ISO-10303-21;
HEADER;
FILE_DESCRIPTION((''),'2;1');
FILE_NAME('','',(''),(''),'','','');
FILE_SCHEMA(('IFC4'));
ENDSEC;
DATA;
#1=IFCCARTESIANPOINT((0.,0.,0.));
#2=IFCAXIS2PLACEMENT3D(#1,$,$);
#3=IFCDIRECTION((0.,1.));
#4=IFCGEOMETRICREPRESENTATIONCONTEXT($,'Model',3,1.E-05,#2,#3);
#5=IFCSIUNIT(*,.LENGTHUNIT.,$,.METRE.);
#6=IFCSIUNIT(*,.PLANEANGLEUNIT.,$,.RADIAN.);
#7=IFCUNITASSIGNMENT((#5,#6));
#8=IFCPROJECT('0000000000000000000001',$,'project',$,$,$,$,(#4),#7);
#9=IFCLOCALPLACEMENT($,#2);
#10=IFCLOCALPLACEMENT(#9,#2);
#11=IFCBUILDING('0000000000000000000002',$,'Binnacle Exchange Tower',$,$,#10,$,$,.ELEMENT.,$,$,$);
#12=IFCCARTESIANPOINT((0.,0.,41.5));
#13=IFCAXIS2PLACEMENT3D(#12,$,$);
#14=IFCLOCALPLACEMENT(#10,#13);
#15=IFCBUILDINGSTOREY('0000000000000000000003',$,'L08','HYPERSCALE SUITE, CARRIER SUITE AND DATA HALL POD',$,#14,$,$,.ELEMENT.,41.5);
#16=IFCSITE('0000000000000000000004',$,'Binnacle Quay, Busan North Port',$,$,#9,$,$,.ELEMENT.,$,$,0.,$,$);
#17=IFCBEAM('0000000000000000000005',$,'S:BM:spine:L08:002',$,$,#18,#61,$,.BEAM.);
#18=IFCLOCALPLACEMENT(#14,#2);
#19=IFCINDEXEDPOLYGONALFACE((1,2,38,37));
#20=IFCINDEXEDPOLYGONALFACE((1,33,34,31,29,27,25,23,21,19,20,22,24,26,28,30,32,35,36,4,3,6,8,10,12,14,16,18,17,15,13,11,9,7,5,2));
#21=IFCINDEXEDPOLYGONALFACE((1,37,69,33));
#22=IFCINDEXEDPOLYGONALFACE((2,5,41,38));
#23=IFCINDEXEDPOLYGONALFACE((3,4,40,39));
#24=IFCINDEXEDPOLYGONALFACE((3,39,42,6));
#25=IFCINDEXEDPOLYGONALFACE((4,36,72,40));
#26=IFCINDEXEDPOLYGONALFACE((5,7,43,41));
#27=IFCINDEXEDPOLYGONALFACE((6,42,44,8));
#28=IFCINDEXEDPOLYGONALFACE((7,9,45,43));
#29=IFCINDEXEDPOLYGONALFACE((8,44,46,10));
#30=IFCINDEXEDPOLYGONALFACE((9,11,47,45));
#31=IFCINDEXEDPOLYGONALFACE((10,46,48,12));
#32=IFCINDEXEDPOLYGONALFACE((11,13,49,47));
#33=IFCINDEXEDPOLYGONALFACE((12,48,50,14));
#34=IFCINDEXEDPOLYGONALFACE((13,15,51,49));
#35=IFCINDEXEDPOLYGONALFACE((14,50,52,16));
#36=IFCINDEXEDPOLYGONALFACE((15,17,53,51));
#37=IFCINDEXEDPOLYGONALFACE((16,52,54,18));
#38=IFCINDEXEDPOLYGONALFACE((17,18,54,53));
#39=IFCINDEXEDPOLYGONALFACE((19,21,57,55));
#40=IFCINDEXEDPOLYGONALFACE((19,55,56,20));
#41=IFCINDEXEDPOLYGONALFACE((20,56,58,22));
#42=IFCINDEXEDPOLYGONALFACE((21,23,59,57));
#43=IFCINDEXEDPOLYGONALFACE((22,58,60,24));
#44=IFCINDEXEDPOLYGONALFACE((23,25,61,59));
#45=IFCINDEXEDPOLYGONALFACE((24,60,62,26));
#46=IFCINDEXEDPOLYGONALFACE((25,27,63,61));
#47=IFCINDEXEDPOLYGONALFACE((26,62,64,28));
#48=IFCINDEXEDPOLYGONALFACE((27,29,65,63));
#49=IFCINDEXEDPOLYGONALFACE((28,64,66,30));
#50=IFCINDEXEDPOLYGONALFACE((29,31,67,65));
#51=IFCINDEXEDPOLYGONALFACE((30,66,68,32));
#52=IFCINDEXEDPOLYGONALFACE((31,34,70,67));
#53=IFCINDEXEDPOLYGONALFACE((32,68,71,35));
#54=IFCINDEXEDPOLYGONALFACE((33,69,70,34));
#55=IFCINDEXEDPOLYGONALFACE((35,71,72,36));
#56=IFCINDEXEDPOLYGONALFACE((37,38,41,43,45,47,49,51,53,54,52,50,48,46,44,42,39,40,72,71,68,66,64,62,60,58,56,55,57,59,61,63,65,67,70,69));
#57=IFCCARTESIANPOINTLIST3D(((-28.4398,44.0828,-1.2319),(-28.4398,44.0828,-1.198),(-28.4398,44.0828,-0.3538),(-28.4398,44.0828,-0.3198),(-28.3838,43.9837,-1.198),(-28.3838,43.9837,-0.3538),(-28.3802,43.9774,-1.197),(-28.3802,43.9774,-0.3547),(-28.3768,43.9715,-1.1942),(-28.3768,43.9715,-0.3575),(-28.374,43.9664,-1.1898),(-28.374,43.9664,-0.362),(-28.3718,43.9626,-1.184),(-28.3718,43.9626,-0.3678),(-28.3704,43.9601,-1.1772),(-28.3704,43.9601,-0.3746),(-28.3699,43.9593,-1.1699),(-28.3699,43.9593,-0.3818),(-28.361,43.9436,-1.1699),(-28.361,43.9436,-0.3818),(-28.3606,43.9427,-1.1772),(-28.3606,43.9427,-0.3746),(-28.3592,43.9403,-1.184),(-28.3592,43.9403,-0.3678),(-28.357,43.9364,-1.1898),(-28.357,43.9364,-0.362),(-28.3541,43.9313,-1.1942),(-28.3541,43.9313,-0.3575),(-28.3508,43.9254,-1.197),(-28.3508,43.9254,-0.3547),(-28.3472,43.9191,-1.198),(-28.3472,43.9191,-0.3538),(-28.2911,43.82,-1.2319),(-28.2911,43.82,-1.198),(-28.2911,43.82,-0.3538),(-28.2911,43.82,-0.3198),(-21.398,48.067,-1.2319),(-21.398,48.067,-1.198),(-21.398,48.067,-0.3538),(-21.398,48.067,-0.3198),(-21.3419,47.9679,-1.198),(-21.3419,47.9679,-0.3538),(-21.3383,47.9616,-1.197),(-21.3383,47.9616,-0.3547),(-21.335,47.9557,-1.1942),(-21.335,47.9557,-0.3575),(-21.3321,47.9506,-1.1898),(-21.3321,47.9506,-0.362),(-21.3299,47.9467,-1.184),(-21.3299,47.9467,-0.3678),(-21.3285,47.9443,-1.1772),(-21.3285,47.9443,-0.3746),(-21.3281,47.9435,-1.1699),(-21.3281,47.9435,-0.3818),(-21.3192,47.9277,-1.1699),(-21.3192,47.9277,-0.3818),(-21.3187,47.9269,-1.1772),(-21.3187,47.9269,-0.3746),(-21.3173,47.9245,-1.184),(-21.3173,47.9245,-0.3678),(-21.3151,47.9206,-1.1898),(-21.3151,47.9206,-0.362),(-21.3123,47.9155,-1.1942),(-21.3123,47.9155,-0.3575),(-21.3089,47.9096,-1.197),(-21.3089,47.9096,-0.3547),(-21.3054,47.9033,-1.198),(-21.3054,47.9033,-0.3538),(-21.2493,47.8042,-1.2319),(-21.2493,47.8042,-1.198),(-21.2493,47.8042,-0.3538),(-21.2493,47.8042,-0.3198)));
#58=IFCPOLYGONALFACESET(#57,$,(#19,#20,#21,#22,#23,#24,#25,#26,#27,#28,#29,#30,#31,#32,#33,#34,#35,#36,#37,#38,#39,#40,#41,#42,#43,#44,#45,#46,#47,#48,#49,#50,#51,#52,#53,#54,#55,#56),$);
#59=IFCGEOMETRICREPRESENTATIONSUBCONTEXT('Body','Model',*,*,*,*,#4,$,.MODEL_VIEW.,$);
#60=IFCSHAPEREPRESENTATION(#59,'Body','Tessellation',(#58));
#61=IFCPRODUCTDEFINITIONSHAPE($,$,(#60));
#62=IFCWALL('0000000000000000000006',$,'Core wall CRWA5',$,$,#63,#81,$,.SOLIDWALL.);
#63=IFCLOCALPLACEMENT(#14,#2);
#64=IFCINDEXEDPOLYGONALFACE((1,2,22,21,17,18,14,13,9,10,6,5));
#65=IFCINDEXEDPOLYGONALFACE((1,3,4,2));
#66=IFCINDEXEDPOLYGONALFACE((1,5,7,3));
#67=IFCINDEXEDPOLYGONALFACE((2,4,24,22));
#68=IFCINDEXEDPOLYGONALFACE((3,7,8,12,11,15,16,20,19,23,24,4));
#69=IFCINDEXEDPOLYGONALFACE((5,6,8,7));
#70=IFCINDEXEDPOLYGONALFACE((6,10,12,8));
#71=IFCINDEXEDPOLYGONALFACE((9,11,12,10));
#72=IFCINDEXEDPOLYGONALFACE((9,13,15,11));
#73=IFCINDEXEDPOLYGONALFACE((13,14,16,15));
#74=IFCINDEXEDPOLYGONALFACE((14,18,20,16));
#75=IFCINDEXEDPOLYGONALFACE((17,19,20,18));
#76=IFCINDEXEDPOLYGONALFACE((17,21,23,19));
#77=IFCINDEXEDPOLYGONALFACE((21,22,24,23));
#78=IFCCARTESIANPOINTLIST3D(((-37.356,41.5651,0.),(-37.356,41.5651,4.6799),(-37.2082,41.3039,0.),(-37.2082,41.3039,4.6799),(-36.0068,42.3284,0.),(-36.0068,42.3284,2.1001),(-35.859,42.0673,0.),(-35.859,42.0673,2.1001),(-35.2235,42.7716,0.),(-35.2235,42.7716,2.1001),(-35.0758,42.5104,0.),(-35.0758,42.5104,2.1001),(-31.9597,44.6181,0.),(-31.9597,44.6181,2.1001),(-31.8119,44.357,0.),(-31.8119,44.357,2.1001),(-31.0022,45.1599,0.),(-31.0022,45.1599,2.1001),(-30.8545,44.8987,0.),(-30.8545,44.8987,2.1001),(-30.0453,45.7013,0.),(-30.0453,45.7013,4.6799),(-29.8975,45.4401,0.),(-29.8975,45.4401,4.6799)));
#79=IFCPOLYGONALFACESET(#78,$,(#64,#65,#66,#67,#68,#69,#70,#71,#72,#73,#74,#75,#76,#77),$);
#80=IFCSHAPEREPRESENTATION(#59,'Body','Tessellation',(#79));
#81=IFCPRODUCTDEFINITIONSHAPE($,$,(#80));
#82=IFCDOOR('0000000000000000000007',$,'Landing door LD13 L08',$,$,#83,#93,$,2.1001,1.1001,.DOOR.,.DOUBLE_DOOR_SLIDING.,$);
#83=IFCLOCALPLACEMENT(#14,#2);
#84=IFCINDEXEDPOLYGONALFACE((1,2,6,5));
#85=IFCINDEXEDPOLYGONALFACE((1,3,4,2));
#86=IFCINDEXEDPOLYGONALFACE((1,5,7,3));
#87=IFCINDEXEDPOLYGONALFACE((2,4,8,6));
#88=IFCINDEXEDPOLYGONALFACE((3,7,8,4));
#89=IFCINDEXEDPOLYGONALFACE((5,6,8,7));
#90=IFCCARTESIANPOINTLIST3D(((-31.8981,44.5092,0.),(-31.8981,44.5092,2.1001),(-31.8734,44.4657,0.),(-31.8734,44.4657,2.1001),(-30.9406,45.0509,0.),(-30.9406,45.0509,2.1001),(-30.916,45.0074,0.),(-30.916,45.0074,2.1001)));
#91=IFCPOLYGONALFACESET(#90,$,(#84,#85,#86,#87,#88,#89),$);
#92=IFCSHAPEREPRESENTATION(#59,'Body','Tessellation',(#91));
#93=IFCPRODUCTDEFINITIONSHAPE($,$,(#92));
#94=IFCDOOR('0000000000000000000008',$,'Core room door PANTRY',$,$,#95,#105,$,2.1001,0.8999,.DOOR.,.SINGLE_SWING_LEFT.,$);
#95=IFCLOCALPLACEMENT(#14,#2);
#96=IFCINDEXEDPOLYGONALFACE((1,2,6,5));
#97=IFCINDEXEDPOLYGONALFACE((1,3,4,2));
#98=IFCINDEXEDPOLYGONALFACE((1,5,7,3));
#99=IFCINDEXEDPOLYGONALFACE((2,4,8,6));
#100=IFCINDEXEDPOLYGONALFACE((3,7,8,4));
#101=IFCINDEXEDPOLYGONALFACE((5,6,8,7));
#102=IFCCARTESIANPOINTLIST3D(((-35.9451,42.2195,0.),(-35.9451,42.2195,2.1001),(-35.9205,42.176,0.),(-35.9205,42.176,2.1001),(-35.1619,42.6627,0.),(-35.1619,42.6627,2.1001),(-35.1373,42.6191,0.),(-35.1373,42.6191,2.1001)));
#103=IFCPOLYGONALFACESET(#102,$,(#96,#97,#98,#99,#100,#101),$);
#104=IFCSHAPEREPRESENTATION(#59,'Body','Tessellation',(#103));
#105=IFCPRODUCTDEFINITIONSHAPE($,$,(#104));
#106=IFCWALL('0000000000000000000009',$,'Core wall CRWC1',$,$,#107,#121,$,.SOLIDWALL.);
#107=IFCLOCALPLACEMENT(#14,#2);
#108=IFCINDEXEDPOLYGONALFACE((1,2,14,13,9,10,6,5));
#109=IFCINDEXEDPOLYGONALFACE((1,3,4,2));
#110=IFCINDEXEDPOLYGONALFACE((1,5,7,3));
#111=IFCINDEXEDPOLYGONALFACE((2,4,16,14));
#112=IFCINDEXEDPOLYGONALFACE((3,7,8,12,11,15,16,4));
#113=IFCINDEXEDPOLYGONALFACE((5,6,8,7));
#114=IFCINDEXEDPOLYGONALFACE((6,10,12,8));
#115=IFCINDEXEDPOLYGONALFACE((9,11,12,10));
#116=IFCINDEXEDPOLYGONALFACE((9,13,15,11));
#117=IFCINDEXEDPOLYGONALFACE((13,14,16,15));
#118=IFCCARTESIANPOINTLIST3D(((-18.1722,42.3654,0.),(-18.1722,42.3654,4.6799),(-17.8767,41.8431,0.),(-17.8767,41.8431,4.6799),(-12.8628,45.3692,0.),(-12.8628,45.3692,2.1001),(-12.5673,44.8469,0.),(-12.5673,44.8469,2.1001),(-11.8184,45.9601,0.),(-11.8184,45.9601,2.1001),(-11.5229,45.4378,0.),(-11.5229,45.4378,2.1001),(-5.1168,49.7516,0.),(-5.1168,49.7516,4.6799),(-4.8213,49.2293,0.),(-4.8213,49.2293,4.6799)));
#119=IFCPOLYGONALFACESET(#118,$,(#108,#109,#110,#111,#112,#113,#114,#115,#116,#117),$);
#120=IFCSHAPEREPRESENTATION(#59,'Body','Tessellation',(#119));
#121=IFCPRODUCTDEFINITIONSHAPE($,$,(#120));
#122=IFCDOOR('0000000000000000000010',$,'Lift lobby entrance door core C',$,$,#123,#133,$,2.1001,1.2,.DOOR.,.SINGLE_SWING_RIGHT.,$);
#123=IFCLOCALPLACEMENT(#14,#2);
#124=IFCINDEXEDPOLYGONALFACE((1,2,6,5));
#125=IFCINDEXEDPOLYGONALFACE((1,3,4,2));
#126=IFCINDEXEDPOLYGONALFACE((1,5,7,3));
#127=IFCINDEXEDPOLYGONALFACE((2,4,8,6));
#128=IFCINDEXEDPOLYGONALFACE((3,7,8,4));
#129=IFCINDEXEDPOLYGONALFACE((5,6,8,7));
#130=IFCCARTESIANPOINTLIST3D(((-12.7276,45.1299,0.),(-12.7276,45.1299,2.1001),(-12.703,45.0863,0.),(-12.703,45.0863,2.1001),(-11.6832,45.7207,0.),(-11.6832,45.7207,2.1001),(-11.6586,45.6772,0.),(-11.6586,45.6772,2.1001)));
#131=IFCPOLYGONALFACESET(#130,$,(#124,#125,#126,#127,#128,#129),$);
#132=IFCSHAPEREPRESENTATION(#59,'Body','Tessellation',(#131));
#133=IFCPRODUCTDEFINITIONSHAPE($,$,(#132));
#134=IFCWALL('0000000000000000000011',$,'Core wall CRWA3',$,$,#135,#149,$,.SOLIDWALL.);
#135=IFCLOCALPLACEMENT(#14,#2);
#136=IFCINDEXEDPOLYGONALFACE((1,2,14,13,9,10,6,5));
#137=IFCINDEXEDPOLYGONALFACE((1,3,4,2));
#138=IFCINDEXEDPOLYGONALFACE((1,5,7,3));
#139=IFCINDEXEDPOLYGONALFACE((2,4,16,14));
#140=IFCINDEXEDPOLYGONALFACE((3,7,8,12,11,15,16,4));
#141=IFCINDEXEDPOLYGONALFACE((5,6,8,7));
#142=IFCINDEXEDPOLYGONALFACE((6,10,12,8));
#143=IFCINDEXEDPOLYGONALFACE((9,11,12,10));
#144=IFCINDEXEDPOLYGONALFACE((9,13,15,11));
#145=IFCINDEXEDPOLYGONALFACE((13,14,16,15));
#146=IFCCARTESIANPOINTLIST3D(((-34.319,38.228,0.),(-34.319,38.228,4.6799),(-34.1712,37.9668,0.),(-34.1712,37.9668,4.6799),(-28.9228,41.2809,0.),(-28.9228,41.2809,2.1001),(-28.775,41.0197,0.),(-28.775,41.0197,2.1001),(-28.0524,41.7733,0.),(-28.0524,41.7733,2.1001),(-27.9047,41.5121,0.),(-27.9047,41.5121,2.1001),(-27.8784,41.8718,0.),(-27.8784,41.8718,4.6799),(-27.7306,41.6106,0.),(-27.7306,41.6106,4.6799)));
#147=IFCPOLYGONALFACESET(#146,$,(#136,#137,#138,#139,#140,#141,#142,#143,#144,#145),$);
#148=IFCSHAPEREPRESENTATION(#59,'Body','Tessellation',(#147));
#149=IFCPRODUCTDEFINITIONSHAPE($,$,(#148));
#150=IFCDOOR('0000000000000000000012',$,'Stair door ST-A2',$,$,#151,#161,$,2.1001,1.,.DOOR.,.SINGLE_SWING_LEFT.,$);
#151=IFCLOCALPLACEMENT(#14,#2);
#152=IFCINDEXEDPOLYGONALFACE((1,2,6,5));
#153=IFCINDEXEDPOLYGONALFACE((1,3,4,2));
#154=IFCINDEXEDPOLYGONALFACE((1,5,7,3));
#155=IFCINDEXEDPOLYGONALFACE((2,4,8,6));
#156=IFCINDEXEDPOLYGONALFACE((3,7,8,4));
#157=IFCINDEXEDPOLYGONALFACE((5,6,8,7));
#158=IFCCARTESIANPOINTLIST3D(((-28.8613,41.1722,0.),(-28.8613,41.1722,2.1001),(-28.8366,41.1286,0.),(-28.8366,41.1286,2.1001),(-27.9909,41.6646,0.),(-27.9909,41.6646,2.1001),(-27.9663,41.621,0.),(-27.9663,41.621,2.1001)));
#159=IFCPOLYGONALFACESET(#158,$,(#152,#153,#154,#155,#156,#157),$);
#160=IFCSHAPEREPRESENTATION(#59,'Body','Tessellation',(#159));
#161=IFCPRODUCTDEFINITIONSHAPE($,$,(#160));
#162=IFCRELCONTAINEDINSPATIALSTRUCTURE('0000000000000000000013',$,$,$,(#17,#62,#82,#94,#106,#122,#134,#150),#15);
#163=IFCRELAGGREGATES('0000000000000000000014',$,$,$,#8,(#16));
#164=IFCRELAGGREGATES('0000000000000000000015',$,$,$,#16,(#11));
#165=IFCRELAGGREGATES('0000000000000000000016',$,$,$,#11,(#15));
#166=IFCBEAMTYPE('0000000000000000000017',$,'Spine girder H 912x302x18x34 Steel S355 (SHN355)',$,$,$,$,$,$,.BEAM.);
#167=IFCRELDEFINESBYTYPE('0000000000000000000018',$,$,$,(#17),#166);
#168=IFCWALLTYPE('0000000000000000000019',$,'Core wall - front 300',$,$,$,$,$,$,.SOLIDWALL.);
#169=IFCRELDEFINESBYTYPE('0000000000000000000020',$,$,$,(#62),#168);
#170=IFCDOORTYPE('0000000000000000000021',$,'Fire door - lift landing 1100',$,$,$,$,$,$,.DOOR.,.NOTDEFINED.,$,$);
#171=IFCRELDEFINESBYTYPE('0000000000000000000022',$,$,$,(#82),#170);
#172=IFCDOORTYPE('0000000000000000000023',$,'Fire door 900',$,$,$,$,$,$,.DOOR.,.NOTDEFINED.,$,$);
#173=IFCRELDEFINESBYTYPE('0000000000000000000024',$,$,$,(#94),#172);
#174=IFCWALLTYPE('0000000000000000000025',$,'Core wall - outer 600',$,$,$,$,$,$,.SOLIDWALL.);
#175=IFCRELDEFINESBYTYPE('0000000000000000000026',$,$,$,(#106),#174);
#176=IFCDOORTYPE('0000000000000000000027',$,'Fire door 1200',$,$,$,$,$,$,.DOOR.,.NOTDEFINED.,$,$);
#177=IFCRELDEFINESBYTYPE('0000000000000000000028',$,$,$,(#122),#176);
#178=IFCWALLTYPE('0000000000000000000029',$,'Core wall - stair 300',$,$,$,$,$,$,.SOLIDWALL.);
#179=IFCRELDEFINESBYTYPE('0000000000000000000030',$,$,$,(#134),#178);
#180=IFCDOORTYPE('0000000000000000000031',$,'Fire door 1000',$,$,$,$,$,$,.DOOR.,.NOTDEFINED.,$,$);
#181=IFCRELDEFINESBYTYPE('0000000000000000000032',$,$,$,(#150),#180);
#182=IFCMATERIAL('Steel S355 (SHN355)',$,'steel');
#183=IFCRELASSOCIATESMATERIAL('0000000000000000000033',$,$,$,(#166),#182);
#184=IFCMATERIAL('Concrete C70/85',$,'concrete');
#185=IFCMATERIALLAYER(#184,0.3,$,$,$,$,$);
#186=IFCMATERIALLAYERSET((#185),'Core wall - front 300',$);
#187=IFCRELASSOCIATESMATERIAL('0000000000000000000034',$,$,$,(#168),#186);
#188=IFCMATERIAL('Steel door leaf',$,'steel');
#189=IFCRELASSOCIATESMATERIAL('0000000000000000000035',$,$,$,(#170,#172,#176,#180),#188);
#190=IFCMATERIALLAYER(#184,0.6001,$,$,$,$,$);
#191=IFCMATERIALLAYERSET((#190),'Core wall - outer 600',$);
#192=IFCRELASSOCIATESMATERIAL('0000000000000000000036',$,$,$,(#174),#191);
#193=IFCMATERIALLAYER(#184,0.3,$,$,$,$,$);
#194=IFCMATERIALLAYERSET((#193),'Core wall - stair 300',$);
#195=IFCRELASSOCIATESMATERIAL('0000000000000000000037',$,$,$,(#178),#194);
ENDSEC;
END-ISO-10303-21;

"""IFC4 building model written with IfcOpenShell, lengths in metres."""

from ifc_helpers import new_model, si_unit, direction, frame, frame_2d, origin, origin_2d, place, context, subcontext, project, spatial, rectangle, i_section, extrude, material, layer, layer_set, material_profile, profile_set, type_object, element, fill, save


model = new_model("IFC4")

# Units and contexts
model_context = context("Model", 3, precision=1e-05, world=origin(), true_north=direction((0.0, 1.0)))
body_context = subcontext(model_context, "Body", "Model", "MODEL_VIEW")
ifc_project = project(units=[si_unit("LENGTHUNIT", "METRE"), si_unit("PLANEANGLEUNIT", "RADIAN")], contexts=[model_context])

# Site, building, storey
site_placement = place(None, origin())
site = spatial("IfcSite", under=ifc_project, at=site_placement, Name="Binnacle Quay, Busan North Port", CompositionType="ELEMENT", RefElevation=0.0)
building_placement = place(site_placement, origin())
building = spatial("IfcBuilding", under=site, at=building_placement, Name="Binnacle Exchange Tower", CompositionType="ELEMENT")
storey_placement = place(building_placement, frame((0.0, 0.0, 41.5)))
storey = spatial("IfcBuildingStorey", under=building, at=storey_placement, Name="L08", Description="HYPERSCALE SUITE, CARRIER SUITE AND DATA HALL POD", CompositionType="ELEMENT", Elevation=41.5)

# Shared definitions
ifc_material_1 = material(Name="Concrete C70/85", Category="concrete")

# Beam
ifc_material_2 = material(Name="Steel S355 (SHN355)", Category="steel")
ifc_material_profile_1 = material_profile(ifc_material_2, i_section(OverallWidth=0.302, OverallDepth=0.9121, WebThickness=0.0181, FlangeThickness=0.0339, FilletRadius=0.0281, at=origin_2d()), Name="H 912x302x18x34")
ifc_profile_set_1 = profile_set([ifc_material_profile_1], Name="Steel S355 (SHN355)")
beam_type_1 = type_object("IfcBeamType", Name="Spine girder H 912x302x18x34 Steel S355 (SHN355)", PredefinedType="BEAM", material=ifc_profile_set_1)
beam_1_placement = place(storey_placement, frame((-28.3655, 43.9514, -0.7759), z_axis=(0.87035, 0.492433, 0.0), x_axis=(-0.492433, 0.87035, 0.0)))
element("IfcBeam", 1, at=beam_1_placement, inside=storey, type_object=beam_type_1, Name="S:BM:spine:L08:002", PredefinedType="BEAM", context=body_context, shape_type="SweptSolid", body=[
    extrude(i_section(OverallWidth=0.302, OverallDepth=0.9121, WebThickness=0.0181, FlangeThickness=0.0339, FilletRadius=0.0281, at=origin_2d()), origin(), (0.0, 0.0, 1.0), 8.0908),
])

# Wall, openings, doors
ifc_layer_1 = layer(ifc_material_1, 0.3)
ifc_layer_set_1 = layer_set([ifc_layer_1], Name="Core wall - front 300")
wall_type_1 = type_object("IfcWallType", Name="Core wall - front 300", PredefinedType="SOLIDWALL", material=ifc_layer_set_1)
wall_1_placement = place(storey_placement, frame((-37.282, 41.4346, 0.0), z_axis=(0.0, 0.0, 1.0), x_axis=(0.870357, 0.492422, 0.0)))
wall_1 = element("IfcWall", 2, at=wall_1_placement, inside=storey, type_object=wall_type_1, Name="Core wall CRWA5", PredefinedType="SOLIDWALL", context=body_context, shape_type="SweptSolid", body=[
    extrude(rectangle(XDim=8.3997, YDim=0.3, at=frame_2d((4.1997, 0.0))), origin(), (0.0, 0.0, 1.0), 4.6799),
])
opening_1_placement = place(wall_1_placement, frame((6.2, 0.0, 0.0)))
opening_1 = element("IfcOpeningElement", 3, at=opening_1_placement, cuts=wall_1, PredefinedType="OPENING", context=body_context, shape_type="SweptSolid", body=[
    extrude(rectangle(XDim=1.1001, YDim=2.1001, at=frame_2d((0.55, 1.05))), frame((0.0, 0.1599, 0.0), z_axis=(0.0, -1.0, 0.0), x_axis=(1.0, 0.0, 0.0)), (0.0, 0.0, 1.0), 0.3201),
])
opening_2_placement = place(wall_1_placement, frame((1.55, 0.0, 0.0)))
opening_2 = element("IfcOpeningElement", 4, at=opening_2_placement, cuts=wall_1, PredefinedType="OPENING", context=body_context, shape_type="SweptSolid", body=[
    extrude(rectangle(XDim=0.8999, YDim=2.1001, at=frame_2d((0.45, 1.05))), frame((0.0, 0.1599, 0.0), z_axis=(0.0, -1.0, 0.0), x_axis=(1.0, 0.0, 0.0)), (0.0, 0.0, 1.0), 0.3201),
])
ifc_material_3 = material(Name="Steel door leaf", Category="steel")
door_type_1 = type_object("IfcDoorType", Name="Fire door - lift landing 1100", OperationType="NOTDEFINED", PredefinedType="DOOR", material=ifc_material_3)
door_1_placement = place(opening_1_placement, origin())
door_1 = element("IfcDoor", 5, at=door_1_placement, inside=storey, type_object=door_type_1, Name="Landing door LD13 L08", OperationType="DOUBLE_DOOR_SLIDING", OverallHeight=2.1001, OverallWidth=1.1001, PredefinedType="DOOR", context=body_context, shape_type="SweptSolid", body=[
    extrude(rectangle(XDim=1.1001, YDim=2.1001, at=frame_2d((0.55, 1.05))), frame((0.0, 0.0249, 0.0), z_axis=(0.0, -1.0, 0.0), x_axis=(1.0, 0.0, 0.0)), (0.0, 0.0, 1.0), 0.05),
])
fill(opening_1, door_1)
door_type_2 = type_object("IfcDoorType", Name="Fire door 900", OperationType="NOTDEFINED", PredefinedType="DOOR", material=ifc_material_3)
door_2_placement = place(opening_2_placement, origin())
door_2 = element("IfcDoor", 6, at=door_2_placement, inside=storey, type_object=door_type_2, Name="Core room door PANTRY", OperationType="SINGLE_SWING_LEFT", OverallHeight=2.1001, OverallWidth=0.8999, PredefinedType="DOOR", context=body_context, shape_type="SweptSolid", body=[
    extrude(rectangle(XDim=0.8999, YDim=2.1001, at=frame_2d((0.45, 1.05))), frame((0.0, 0.0249, 0.0), z_axis=(0.0, -1.0, 0.0), x_axis=(1.0, 0.0, 0.0)), (0.0, 0.0, 1.0), 0.05),
])
fill(opening_2, door_2)

# Walls, openings, doors
ifc_layer_2 = layer(ifc_material_1, 0.6001)
ifc_layer_set_2 = layer_set([ifc_layer_2], Name="Core wall - outer 600")
wall_type_2 = type_object("IfcWallType", Name="Core wall - outer 600", PredefinedType="SOLIDWALL", material=ifc_layer_set_2)
wall_2_placement = place(storey_placement, frame((-18.0244, 42.1042, 0.0), z_axis=(0.0, 0.0, 1.0), x_axis=(0.870361, 0.492415, 0.0)))
wall_2 = element("IfcWall", 7, at=wall_2_placement, inside=storey, type_object=wall_type_2, Name="Core wall CRWC1", PredefinedType="SOLIDWALL", context=body_context, shape_type="SweptSolid", body=[
    extrude(rectangle(XDim=15.0, YDim=0.6001, at=frame_2d((7.5, 0.0))), origin(), (0.0, 0.0, 1.0), 4.6799),
])
opening_3_placement = place(wall_2_placement, frame((6.1001, 0.0, 0.0)))
opening_3 = element("IfcOpeningElement", 8, at=opening_3_placement, cuts=wall_2, PredefinedType="OPENING", context=body_context, shape_type="SweptSolid", body=[
    extrude(rectangle(XDim=1.2, YDim=2.1001, at=frame_2d((0.6001, 1.05))), frame((0.0, 0.3101, 0.0), z_axis=(0.0, -1.0, 0.0), x_axis=(1.0, 0.0, 0.0)), (0.0, 0.0, 1.0), 0.6201),
])
door_type_3 = type_object("IfcDoorType", Name="Fire door 1200", OperationType="NOTDEFINED", PredefinedType="DOOR", material=ifc_material_3)
door_3_placement = place(opening_3_placement, frame((1.2, 0.0, 0.0), z_axis=(0.0, 0.0, 1.0), x_axis=(-1.0, 0.0, 0.0)))
door_3 = element("IfcDoor", 9, at=door_3_placement, inside=storey, type_object=door_type_3, Name="Lift lobby entrance door core C", OperationType="SINGLE_SWING_RIGHT", OverallHeight=2.1001, OverallWidth=1.2, PredefinedType="DOOR", context=body_context, shape_type="SweptSolid", body=[
    extrude(rectangle(XDim=1.2, YDim=2.1001, at=frame_2d((0.6001, 1.05))), frame((0.0, 0.0249, 0.0), z_axis=(0.0, -1.0, 0.0), x_axis=(1.0, 0.0, 0.0)), (0.0, 0.0, 1.0), 0.05),
])
fill(opening_3, door_3)
ifc_layer_3 = layer(ifc_material_1, 0.3)
ifc_layer_set_3 = layer_set([ifc_layer_3], Name="Core wall - stair 300")
wall_type_3 = type_object("IfcWallType", Name="Core wall - stair 300", PredefinedType="SOLIDWALL", material=ifc_layer_set_3)
wall_3_placement = place(storey_placement, frame((-34.2451, 38.0974, 0.0), z_axis=(0.0, 0.0, 1.0), x_axis=(0.870365, 0.492407, 0.0)))
wall_3 = element("IfcWall", 10, at=wall_3_placement, inside=storey, type_object=wall_type_3, Name="Core wall CRWA3", PredefinedType="SOLIDWALL", context=body_context, shape_type="SweptSolid", body=[
    extrude(rectangle(XDim=7.3999, YDim=0.3, at=frame_2d((3.7, 0.0))), origin(), (0.0, 0.0, 1.0), 4.6799),
])
opening_4_placement = place(wall_3_placement, frame((6.2, 0.0, 0.0)))
opening_4 = element("IfcOpeningElement", 11, at=opening_4_placement, cuts=wall_3, PredefinedType="OPENING", context=body_context, shape_type="SweptSolid", body=[
    extrude(rectangle(XDim=1.0, YDim=2.1001, at=frame_2d((0.5, 1.05))), frame((0.0, 0.1599, 0.0), z_axis=(0.0, -1.0, 0.0), x_axis=(1.0, 0.0, 0.0)), (0.0, 0.0, 1.0), 0.3201),
])
door_type_4 = type_object("IfcDoorType", Name="Fire door 1000", OperationType="NOTDEFINED", PredefinedType="DOOR", material=ifc_material_3)
door_4_placement = place(opening_4_placement, frame((1.0, 0.0, 0.0), z_axis=(0.0, 0.0, 1.0), x_axis=(-1.0, 0.0, 0.0)))
door_4 = element("IfcDoor", 12, at=door_4_placement, inside=storey, type_object=door_type_4, Name="Stair door ST-A2", OperationType="SINGLE_SWING_LEFT", OverallHeight=2.1001, OverallWidth=1.0, PredefinedType="DOOR", context=body_context, shape_type="SweptSolid", body=[
    extrude(rectangle(XDim=1.0, YDim=2.1001, at=frame_2d((0.5, 1.05))), frame((0.0, 0.0249, 0.0), z_axis=(0.0, -1.0, 0.0), x_axis=(1.0, 0.0, 0.0)), (0.0, 0.0, 1.0), 0.05),
])
fill(opening_4, door_4)

save(model, "model.ifc")
